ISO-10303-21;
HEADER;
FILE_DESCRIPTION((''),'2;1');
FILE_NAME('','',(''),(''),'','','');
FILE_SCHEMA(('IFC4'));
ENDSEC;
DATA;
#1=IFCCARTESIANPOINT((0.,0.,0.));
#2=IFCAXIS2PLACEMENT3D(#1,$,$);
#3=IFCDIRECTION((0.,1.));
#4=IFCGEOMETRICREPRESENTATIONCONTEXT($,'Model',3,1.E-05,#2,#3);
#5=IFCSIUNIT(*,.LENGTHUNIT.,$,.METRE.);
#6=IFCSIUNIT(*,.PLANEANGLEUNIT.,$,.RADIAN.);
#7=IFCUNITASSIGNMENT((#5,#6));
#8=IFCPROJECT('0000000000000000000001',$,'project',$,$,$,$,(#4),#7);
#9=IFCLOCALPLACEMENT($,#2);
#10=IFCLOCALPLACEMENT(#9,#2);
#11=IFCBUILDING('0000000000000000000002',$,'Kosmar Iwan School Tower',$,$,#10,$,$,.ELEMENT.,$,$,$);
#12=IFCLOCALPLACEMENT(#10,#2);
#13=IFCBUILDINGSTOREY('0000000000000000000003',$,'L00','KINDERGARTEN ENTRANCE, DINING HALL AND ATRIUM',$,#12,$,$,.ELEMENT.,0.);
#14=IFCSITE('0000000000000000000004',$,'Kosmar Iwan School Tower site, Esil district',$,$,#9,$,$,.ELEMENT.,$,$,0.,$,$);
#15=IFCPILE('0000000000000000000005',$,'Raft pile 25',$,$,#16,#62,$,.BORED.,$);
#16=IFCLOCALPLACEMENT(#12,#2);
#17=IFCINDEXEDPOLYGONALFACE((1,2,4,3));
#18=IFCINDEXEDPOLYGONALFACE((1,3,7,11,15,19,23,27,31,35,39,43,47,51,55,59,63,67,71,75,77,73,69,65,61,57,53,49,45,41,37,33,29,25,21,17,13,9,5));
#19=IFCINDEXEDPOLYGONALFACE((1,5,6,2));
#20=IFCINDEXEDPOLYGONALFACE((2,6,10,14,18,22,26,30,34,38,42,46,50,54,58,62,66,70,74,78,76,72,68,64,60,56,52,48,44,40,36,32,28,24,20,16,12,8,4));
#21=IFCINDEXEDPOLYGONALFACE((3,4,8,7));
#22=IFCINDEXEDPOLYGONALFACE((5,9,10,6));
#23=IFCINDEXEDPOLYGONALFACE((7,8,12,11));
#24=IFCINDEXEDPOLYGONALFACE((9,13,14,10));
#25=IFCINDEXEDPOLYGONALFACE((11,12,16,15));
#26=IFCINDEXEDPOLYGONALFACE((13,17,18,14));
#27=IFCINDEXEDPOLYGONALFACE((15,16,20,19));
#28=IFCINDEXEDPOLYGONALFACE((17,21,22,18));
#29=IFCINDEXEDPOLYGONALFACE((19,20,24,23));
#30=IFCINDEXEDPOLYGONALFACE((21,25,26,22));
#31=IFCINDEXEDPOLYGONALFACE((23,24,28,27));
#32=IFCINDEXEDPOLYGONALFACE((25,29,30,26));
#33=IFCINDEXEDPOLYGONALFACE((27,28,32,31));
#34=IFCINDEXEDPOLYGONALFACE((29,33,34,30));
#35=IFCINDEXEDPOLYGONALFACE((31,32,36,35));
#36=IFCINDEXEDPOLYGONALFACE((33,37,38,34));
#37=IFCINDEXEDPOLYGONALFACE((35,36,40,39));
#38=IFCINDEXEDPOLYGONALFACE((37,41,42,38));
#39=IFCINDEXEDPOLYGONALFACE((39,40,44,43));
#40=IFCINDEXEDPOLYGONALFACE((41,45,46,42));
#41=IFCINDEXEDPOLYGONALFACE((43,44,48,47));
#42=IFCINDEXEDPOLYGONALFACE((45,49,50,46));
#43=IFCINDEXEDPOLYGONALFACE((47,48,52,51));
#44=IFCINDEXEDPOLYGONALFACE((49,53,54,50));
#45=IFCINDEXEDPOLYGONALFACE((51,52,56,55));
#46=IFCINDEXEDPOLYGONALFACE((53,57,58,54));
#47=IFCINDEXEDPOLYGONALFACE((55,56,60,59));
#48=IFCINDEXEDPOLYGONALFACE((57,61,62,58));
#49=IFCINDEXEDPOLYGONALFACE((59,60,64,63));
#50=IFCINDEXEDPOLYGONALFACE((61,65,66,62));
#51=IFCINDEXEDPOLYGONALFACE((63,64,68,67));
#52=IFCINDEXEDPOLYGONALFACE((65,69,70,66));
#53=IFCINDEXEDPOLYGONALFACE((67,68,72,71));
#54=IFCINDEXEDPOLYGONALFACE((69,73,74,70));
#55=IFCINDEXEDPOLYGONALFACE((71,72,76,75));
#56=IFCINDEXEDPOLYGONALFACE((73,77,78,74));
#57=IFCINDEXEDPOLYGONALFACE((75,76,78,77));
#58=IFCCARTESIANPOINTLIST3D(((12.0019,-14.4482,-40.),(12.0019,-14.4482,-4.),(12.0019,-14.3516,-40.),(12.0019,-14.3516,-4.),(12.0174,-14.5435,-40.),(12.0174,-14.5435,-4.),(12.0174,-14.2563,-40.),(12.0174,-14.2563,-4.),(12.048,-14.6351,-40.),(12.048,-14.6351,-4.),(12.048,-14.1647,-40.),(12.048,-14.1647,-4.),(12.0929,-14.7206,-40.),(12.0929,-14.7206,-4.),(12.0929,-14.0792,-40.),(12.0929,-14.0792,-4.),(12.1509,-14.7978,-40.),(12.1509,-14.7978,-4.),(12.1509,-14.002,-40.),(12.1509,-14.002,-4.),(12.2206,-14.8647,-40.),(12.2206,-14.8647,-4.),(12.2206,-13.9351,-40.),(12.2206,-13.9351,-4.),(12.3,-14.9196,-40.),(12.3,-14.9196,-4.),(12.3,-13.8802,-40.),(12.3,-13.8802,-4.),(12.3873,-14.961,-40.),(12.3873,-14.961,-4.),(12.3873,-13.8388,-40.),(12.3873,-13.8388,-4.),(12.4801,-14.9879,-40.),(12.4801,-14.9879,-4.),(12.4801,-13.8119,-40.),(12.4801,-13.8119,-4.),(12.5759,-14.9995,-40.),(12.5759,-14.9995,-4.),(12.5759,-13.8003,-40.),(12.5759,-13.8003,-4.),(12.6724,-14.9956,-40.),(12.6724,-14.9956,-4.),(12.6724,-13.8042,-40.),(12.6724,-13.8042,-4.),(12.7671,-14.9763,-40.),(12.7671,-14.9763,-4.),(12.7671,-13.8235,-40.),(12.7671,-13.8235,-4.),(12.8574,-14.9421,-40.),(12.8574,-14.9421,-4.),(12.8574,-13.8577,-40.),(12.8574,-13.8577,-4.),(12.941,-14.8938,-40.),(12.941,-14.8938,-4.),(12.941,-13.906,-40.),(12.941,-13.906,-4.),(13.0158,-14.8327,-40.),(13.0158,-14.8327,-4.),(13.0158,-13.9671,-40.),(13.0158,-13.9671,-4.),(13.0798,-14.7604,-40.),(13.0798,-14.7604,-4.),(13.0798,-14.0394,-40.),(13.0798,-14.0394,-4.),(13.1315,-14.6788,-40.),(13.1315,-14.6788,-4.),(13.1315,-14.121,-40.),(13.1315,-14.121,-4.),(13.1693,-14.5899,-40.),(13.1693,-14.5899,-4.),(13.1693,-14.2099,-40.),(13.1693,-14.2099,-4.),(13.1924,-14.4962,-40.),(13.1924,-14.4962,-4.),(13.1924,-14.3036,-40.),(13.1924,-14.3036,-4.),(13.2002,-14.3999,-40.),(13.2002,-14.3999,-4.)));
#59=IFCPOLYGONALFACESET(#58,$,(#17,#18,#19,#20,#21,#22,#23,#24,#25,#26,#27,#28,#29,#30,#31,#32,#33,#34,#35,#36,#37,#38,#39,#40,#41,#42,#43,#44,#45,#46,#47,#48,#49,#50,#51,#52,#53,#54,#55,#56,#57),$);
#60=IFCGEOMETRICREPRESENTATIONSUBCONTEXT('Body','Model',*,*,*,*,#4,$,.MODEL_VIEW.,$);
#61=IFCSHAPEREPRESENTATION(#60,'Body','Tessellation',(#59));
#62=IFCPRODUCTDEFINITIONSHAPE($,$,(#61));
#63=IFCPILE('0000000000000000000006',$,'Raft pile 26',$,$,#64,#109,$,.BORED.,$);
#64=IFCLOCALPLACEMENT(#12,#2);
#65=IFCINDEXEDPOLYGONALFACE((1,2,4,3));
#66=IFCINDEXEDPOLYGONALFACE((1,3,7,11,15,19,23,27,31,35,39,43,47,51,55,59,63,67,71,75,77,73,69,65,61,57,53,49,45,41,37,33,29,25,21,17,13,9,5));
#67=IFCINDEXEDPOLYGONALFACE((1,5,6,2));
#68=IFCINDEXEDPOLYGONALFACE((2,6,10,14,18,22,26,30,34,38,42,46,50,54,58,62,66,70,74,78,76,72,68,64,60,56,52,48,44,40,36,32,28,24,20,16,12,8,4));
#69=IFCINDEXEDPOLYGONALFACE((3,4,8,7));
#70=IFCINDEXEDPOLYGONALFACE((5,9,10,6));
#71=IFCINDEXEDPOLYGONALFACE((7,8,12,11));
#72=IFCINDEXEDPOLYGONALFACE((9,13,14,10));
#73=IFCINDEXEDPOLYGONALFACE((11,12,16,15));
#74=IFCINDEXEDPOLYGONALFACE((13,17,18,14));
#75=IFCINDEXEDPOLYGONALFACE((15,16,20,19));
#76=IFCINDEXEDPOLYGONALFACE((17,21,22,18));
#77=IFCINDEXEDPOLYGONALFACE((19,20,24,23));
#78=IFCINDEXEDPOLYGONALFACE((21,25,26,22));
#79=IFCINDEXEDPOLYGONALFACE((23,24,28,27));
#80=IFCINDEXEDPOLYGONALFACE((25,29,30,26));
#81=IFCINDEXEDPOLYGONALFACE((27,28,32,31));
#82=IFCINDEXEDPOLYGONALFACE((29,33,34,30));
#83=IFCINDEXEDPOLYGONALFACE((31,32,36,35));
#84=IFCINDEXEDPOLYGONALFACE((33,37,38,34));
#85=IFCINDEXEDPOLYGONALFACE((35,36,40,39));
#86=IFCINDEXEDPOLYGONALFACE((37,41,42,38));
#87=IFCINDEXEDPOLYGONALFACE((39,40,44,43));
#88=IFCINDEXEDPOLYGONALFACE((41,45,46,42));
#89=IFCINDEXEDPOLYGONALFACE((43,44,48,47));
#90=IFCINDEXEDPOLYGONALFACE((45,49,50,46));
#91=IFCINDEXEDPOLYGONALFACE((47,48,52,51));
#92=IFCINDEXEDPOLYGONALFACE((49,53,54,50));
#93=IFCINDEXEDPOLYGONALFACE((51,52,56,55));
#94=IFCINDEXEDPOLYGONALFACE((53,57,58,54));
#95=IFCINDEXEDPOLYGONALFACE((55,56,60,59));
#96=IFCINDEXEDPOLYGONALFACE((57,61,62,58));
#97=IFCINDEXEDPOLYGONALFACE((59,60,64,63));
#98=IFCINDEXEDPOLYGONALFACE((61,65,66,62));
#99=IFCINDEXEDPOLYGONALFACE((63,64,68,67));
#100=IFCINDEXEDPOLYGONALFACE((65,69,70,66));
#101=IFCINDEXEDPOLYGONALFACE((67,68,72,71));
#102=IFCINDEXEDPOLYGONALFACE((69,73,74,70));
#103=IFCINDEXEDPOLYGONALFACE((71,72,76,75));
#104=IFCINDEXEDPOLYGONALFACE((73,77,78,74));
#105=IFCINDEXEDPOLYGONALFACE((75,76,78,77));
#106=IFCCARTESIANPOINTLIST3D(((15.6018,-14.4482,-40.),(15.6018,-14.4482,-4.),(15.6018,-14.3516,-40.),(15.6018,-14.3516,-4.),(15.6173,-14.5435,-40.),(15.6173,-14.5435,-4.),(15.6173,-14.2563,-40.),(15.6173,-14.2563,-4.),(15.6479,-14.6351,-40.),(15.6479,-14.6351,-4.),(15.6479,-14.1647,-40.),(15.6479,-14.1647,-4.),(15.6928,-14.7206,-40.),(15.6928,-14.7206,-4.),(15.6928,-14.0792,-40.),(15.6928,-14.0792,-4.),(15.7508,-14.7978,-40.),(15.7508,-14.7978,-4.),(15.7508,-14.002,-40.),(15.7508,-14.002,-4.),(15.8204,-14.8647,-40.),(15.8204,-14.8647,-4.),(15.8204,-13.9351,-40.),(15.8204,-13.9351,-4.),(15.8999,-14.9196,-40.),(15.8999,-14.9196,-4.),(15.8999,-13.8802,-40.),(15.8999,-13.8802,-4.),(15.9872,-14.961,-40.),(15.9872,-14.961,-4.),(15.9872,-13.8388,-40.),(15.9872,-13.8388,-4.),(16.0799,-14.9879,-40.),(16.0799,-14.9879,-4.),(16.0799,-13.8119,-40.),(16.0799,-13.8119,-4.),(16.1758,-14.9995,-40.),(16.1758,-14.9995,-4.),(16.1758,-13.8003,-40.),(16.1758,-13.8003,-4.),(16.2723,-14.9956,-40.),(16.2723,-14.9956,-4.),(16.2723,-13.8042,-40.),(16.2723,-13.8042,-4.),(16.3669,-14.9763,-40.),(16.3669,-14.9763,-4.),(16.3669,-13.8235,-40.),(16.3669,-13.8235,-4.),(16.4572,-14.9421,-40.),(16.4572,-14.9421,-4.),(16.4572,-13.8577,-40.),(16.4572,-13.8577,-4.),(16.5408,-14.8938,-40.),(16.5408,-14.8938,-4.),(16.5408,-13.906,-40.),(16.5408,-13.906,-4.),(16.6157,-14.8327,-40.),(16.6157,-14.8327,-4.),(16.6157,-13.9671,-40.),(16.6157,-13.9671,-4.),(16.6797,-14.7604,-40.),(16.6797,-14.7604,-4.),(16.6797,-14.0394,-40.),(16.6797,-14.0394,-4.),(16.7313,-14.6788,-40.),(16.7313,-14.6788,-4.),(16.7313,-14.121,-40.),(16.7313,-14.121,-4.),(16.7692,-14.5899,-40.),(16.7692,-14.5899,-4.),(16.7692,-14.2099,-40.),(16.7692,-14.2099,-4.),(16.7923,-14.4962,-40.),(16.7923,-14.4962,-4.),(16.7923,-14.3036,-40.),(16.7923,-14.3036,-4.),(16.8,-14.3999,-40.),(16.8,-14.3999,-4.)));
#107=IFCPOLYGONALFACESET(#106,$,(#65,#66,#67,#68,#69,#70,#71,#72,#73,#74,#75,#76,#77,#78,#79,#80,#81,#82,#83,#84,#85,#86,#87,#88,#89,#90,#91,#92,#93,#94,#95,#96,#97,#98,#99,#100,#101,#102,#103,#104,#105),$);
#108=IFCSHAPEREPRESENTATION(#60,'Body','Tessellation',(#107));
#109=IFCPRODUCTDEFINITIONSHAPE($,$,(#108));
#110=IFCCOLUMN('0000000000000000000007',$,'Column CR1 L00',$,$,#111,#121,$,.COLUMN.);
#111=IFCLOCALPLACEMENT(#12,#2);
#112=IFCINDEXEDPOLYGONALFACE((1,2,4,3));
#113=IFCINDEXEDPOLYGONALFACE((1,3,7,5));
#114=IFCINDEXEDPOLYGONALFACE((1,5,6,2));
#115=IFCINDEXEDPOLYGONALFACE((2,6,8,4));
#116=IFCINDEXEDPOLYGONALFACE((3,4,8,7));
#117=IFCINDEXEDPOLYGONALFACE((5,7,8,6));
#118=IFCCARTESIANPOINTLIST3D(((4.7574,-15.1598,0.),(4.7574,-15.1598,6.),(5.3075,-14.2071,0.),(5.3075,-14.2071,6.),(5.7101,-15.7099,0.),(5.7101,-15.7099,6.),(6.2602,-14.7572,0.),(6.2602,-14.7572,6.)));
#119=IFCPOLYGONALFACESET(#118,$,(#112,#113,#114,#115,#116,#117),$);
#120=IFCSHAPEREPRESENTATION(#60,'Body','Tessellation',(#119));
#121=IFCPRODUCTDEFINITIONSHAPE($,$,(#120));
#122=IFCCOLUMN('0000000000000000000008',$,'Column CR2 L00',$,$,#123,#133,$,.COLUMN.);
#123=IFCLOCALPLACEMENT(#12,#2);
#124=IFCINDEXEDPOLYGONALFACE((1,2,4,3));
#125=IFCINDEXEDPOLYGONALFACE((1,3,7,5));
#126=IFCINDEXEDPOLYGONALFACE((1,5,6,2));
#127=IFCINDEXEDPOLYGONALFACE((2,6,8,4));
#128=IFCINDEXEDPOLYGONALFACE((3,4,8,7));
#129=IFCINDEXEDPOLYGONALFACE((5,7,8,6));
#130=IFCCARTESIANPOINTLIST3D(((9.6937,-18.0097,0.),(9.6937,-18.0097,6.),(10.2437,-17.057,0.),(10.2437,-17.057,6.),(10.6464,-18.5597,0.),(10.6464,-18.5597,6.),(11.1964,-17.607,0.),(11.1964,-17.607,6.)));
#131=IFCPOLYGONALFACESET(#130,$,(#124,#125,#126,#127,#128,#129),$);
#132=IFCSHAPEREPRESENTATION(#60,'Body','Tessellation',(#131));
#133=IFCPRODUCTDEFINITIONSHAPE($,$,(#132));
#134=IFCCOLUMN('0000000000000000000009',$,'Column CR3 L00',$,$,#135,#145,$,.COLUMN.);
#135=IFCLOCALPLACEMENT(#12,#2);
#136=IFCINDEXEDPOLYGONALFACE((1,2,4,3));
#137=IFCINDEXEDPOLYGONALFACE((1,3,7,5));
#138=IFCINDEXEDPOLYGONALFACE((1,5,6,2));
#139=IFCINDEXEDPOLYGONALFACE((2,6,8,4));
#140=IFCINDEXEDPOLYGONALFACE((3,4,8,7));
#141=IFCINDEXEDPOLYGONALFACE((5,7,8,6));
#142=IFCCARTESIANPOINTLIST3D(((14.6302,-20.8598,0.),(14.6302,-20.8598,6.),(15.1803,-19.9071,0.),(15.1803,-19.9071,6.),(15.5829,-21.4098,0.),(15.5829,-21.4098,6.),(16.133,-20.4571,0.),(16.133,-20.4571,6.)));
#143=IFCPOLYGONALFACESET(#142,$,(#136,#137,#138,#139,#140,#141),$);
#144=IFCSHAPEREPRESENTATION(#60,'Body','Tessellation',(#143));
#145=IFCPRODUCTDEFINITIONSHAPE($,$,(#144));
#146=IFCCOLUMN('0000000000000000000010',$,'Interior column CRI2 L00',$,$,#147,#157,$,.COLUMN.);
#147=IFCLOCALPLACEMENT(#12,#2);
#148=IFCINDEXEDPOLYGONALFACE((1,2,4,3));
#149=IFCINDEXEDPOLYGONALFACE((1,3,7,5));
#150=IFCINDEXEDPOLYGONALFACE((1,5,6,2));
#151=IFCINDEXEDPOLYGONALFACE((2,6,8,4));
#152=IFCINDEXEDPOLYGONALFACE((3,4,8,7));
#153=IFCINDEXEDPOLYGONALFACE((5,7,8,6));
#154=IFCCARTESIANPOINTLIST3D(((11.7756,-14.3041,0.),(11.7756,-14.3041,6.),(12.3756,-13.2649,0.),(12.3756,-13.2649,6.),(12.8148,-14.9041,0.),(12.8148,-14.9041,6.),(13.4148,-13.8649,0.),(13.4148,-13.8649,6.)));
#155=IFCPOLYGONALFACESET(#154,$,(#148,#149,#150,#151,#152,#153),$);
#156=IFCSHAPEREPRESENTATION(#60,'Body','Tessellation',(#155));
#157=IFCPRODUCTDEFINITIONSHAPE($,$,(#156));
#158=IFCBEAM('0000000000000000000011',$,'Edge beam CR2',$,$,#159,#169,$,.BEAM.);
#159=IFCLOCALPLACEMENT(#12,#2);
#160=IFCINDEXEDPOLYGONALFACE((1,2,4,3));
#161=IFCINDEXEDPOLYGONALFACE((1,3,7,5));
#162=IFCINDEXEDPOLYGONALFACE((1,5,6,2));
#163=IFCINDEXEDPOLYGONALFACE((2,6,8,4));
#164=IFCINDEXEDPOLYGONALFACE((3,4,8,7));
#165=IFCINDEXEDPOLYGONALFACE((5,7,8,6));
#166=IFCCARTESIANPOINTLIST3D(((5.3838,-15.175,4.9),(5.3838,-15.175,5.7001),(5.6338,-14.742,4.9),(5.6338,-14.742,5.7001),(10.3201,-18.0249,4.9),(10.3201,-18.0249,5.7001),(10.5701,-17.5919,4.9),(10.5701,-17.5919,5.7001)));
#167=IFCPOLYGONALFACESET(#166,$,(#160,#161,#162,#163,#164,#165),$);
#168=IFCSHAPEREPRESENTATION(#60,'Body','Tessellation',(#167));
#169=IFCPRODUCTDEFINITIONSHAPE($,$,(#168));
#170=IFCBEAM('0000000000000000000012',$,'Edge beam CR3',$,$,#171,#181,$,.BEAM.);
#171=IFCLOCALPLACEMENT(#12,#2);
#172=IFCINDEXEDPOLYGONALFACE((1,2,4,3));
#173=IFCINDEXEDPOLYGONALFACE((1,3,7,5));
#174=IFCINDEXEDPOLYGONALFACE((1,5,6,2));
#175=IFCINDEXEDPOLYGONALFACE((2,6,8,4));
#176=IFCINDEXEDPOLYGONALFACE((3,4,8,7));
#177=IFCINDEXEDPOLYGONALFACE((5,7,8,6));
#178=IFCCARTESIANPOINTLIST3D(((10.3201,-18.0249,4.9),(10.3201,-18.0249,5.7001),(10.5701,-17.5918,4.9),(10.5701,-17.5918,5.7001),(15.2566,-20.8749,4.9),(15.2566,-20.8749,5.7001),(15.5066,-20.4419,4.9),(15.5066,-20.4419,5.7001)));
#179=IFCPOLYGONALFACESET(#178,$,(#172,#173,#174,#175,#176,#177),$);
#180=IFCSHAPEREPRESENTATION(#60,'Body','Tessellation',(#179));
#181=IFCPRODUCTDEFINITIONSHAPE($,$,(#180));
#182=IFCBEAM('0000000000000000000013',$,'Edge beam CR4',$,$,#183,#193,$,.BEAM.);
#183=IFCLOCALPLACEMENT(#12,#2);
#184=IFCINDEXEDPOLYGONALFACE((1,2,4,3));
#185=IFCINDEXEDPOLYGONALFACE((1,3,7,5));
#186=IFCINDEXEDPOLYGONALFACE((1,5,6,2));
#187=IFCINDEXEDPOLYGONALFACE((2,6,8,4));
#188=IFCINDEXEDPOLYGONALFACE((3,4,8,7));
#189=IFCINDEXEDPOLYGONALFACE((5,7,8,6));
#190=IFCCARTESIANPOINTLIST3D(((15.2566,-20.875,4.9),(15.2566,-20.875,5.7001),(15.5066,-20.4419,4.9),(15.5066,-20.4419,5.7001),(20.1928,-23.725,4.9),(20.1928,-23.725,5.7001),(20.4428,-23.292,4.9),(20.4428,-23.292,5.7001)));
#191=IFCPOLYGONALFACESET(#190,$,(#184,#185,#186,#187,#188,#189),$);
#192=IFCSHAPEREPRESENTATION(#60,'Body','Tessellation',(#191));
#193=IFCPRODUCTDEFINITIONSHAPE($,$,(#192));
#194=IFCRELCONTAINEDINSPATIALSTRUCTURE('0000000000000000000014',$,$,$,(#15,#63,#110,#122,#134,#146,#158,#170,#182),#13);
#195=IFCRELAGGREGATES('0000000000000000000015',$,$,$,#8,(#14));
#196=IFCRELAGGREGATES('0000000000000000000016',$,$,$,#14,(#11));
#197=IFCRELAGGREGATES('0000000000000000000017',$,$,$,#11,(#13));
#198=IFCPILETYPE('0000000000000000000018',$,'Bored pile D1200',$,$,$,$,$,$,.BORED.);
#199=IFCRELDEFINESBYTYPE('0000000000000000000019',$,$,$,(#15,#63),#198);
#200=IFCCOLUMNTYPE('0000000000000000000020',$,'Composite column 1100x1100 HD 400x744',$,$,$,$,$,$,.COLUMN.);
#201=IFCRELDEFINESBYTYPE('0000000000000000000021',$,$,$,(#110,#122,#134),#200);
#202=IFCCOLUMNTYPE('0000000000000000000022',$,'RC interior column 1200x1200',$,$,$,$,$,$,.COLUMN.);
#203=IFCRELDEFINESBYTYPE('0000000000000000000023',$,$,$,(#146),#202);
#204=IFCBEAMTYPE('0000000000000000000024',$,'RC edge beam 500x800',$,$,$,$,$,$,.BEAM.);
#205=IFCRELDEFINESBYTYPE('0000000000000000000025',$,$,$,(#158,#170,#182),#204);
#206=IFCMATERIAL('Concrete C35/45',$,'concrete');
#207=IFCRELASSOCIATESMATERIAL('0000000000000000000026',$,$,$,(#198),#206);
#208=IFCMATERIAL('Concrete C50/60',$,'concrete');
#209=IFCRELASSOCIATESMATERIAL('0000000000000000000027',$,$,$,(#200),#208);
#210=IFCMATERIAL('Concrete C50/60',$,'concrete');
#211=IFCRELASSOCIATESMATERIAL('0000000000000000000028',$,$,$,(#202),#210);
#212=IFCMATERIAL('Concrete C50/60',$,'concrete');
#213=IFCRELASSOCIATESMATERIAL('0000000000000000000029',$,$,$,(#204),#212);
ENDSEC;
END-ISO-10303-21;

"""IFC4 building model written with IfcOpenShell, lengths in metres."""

from ifc_helpers import new_model, si_unit, direction, frame, origin, origin_2d, place, context, subcontext, project, spatial, rectangle, circle, extrude, material, material_profile, profile_set, type_object, element, save


model = new_model("IFC4")

# Units and contexts
model_context = context("Model", 3, precision=1e-05, world=origin(), true_north=direction((0.0, 1.0)))
body_context = subcontext(model_context, "Body", "Model", "MODEL_VIEW")
ifc_project = project(units=[si_unit("LENGTHUNIT", "METRE"), si_unit("PLANEANGLEUNIT", "RADIAN")], contexts=[model_context])

# Site, building, storey
site_placement = place(None, origin())
site = spatial("IfcSite", under=ifc_project, at=site_placement, Name="Kosmar Iwan School Tower site, Esil district", CompositionType="ELEMENT", RefElevation=0.0)
building_placement = place(site_placement, origin())
building = spatial("IfcBuilding", under=site, at=building_placement, Name="Kosmar Iwan School Tower", CompositionType="ELEMENT")
storey_placement = place(building_placement, origin())
storey = spatial("IfcBuildingStorey", under=building, at=storey_placement, Name="L00", Description="KINDERGARTEN ENTRANCE, DINING HALL AND ATRIUM", CompositionType="ELEMENT", Elevation=0.0)

# Piles
ifc_material_1 = material(Name="Concrete C35/45", Category="concrete")
ifc_material_profile_1 = material_profile(ifc_material_1, circle(Radius=0.6001, at=origin_2d()), Name="D1200")
ifc_profile_set_1 = profile_set([ifc_material_profile_1], Name="Concrete C35/45")
pile_type = type_object("IfcPileType", Name="Bored pile D1200", PredefinedType="BORED", material=ifc_profile_set_1)
for number, where, z_axis, x_axis, name in (
    (1, (12.6001, -14.3999, -4.0), (0.0, 0.0, -1.0), (1.0, 0.0, 0.0), "Raft pile 25"),
    (2, (16.2, -14.3999, -4.0), (0.0, 0.0, -1.0), (1.0, 0.0, 0.0), "Raft pile 26"),
):
    element("IfcPile", number, at=place(storey_placement, frame(where, z_axis=z_axis, x_axis=x_axis)), inside=storey, type_object=pile_type, Name=name, PredefinedType="BORED", context=body_context, shape_type="SweptSolid", body=[
        extrude(circle(Radius=0.6001, at=origin_2d()), origin(), (0.0, 0.0, 1.0), 36.0),
    ])

# Columns
ifc_material_2 = material(Name="Concrete C50/60", Category="concrete")
ifc_material_profile_2 = material_profile(ifc_material_2, rectangle(XDim=1.1001, YDim=1.1001, at=origin_2d()), Name="RC 1100x1100 + HD 400x744")
ifc_profile_set_2 = profile_set([ifc_material_profile_2], Name="Concrete C50/60")
column_type_1 = type_object("IfcColumnType", Name="Composite column 1100x1100 HD 400x744", PredefinedType="COLUMN", material=ifc_profile_set_2)
for number, where, z_axis, x_axis, name in (
    (3, (5.5088, -14.9585, 0.0), (0.0, 0.0, 1.0), (0.866025, -0.5, 0.0), "Column CR1 L00"),
    (4, (10.4451, -17.8083, 0.0), (0.0, 0.0, 1.0), (0.866025, -0.5, 0.0), "Column CR2 L00"),
    (5, (15.3816, -20.6584, 0.0), (0.0, 0.0, 1.0), (0.866025, -0.5, 0.0), "Column CR3 L00"),
):
    element("IfcColumn", number, at=place(storey_placement, frame(where, z_axis=z_axis, x_axis=x_axis)), inside=storey, type_object=column_type_1, Name=name, PredefinedType="COLUMN", context=body_context, shape_type="SweptSolid", body=[
        extrude(rectangle(XDim=1.1001, YDim=1.1001, at=origin_2d()), origin(), (0.0, 0.0, 1.0), 6.0),
    ])
ifc_material_3 = material(Name="Concrete C50/60", Category="concrete")
ifc_material_profile_3 = material_profile(ifc_material_3, rectangle(XDim=1.2, YDim=1.2, at=origin_2d()), Name="RC 1200x1200")
ifc_profile_set_3 = profile_set([ifc_material_profile_3], Name="Concrete C50/60")
column_type_2 = type_object("IfcColumnType", Name="RC interior column 1200x1200", PredefinedType="COLUMN", material=ifc_profile_set_3)
column_placement = place(storey_placement, frame((12.5952, -14.0845, 0.0), z_axis=(0.0, 0.0, 1.0), x_axis=(0.866025, -0.5, 0.0)))
element("IfcColumn", 6, at=column_placement, inside=storey, type_object=column_type_2, Name="Interior column CRI2 L00", PredefinedType="COLUMN", context=body_context, shape_type="SweptSolid", body=[
    extrude(rectangle(XDim=1.2, YDim=1.2, at=origin_2d()), origin(), (0.0, 0.0, 1.0), 6.0),
])

# Beams
ifc_material_4 = material(Name="Concrete C50/60", Category="concrete")
ifc_material_profile_4 = material_profile(ifc_material_4, rectangle(XDim=0.5, YDim=0.8, at=origin_2d()), Name="RC 500x800")
ifc_profile_set_4 = profile_set([ifc_material_profile_4], Name="Concrete C50/60")
beam_type_1 = type_object("IfcBeamType", Name="RC edge beam 500x800", PredefinedType="BEAM", material=ifc_profile_set_4)
beam_1_placement = place(storey_placement, frame((5.5088, -14.9585, 5.3), z_axis=(0.866034, -0.499986, 0.0), x_axis=(0.499986, 0.866034, 0.0)))
element("IfcBeam", 7, at=beam_1_placement, inside=storey, type_object=beam_type_1, Name="Edge beam CR2", PredefinedType="BEAM", context=body_context, shape_type="SweptSolid", body=[
    extrude(rectangle(XDim=0.5, YDim=0.8, at=origin_2d()), origin(), (0.0, 0.0, 1.0), 5.7),
])
beam_2_placement = place(storey_placement, frame((10.4451, -17.8083, 5.3), z_axis=(0.866026, -0.499999, 0.0), x_axis=(0.499999, 0.866026, 0.0)))
element("IfcBeam", 8, at=beam_2_placement, inside=storey, type_object=beam_type_1, Name="Edge beam CR3", PredefinedType="BEAM", context=body_context, shape_type="SweptSolid", body=[
    extrude(rectangle(XDim=0.5, YDim=0.8, at=origin_2d()), origin(), (0.0, 0.0, 1.0), 5.7002),
])
beam_3_placement = place(storey_placement, frame((15.3816, -20.6584, 5.3), z_axis=(0.866015, -0.500018, 0.0), x_axis=(0.500018, 0.866015, 0.0)))
element("IfcBeam", 9, at=beam_3_placement, inside=storey, type_object=beam_type_1, Name="Edge beam CR4", PredefinedType="BEAM", context=body_context, shape_type="SweptSolid", body=[
    extrude(rectangle(XDim=0.5, YDim=0.8, at=origin_2d()), origin(), (0.0, 0.0, 1.0), 5.7),
])

save(model, "model.ifc")
